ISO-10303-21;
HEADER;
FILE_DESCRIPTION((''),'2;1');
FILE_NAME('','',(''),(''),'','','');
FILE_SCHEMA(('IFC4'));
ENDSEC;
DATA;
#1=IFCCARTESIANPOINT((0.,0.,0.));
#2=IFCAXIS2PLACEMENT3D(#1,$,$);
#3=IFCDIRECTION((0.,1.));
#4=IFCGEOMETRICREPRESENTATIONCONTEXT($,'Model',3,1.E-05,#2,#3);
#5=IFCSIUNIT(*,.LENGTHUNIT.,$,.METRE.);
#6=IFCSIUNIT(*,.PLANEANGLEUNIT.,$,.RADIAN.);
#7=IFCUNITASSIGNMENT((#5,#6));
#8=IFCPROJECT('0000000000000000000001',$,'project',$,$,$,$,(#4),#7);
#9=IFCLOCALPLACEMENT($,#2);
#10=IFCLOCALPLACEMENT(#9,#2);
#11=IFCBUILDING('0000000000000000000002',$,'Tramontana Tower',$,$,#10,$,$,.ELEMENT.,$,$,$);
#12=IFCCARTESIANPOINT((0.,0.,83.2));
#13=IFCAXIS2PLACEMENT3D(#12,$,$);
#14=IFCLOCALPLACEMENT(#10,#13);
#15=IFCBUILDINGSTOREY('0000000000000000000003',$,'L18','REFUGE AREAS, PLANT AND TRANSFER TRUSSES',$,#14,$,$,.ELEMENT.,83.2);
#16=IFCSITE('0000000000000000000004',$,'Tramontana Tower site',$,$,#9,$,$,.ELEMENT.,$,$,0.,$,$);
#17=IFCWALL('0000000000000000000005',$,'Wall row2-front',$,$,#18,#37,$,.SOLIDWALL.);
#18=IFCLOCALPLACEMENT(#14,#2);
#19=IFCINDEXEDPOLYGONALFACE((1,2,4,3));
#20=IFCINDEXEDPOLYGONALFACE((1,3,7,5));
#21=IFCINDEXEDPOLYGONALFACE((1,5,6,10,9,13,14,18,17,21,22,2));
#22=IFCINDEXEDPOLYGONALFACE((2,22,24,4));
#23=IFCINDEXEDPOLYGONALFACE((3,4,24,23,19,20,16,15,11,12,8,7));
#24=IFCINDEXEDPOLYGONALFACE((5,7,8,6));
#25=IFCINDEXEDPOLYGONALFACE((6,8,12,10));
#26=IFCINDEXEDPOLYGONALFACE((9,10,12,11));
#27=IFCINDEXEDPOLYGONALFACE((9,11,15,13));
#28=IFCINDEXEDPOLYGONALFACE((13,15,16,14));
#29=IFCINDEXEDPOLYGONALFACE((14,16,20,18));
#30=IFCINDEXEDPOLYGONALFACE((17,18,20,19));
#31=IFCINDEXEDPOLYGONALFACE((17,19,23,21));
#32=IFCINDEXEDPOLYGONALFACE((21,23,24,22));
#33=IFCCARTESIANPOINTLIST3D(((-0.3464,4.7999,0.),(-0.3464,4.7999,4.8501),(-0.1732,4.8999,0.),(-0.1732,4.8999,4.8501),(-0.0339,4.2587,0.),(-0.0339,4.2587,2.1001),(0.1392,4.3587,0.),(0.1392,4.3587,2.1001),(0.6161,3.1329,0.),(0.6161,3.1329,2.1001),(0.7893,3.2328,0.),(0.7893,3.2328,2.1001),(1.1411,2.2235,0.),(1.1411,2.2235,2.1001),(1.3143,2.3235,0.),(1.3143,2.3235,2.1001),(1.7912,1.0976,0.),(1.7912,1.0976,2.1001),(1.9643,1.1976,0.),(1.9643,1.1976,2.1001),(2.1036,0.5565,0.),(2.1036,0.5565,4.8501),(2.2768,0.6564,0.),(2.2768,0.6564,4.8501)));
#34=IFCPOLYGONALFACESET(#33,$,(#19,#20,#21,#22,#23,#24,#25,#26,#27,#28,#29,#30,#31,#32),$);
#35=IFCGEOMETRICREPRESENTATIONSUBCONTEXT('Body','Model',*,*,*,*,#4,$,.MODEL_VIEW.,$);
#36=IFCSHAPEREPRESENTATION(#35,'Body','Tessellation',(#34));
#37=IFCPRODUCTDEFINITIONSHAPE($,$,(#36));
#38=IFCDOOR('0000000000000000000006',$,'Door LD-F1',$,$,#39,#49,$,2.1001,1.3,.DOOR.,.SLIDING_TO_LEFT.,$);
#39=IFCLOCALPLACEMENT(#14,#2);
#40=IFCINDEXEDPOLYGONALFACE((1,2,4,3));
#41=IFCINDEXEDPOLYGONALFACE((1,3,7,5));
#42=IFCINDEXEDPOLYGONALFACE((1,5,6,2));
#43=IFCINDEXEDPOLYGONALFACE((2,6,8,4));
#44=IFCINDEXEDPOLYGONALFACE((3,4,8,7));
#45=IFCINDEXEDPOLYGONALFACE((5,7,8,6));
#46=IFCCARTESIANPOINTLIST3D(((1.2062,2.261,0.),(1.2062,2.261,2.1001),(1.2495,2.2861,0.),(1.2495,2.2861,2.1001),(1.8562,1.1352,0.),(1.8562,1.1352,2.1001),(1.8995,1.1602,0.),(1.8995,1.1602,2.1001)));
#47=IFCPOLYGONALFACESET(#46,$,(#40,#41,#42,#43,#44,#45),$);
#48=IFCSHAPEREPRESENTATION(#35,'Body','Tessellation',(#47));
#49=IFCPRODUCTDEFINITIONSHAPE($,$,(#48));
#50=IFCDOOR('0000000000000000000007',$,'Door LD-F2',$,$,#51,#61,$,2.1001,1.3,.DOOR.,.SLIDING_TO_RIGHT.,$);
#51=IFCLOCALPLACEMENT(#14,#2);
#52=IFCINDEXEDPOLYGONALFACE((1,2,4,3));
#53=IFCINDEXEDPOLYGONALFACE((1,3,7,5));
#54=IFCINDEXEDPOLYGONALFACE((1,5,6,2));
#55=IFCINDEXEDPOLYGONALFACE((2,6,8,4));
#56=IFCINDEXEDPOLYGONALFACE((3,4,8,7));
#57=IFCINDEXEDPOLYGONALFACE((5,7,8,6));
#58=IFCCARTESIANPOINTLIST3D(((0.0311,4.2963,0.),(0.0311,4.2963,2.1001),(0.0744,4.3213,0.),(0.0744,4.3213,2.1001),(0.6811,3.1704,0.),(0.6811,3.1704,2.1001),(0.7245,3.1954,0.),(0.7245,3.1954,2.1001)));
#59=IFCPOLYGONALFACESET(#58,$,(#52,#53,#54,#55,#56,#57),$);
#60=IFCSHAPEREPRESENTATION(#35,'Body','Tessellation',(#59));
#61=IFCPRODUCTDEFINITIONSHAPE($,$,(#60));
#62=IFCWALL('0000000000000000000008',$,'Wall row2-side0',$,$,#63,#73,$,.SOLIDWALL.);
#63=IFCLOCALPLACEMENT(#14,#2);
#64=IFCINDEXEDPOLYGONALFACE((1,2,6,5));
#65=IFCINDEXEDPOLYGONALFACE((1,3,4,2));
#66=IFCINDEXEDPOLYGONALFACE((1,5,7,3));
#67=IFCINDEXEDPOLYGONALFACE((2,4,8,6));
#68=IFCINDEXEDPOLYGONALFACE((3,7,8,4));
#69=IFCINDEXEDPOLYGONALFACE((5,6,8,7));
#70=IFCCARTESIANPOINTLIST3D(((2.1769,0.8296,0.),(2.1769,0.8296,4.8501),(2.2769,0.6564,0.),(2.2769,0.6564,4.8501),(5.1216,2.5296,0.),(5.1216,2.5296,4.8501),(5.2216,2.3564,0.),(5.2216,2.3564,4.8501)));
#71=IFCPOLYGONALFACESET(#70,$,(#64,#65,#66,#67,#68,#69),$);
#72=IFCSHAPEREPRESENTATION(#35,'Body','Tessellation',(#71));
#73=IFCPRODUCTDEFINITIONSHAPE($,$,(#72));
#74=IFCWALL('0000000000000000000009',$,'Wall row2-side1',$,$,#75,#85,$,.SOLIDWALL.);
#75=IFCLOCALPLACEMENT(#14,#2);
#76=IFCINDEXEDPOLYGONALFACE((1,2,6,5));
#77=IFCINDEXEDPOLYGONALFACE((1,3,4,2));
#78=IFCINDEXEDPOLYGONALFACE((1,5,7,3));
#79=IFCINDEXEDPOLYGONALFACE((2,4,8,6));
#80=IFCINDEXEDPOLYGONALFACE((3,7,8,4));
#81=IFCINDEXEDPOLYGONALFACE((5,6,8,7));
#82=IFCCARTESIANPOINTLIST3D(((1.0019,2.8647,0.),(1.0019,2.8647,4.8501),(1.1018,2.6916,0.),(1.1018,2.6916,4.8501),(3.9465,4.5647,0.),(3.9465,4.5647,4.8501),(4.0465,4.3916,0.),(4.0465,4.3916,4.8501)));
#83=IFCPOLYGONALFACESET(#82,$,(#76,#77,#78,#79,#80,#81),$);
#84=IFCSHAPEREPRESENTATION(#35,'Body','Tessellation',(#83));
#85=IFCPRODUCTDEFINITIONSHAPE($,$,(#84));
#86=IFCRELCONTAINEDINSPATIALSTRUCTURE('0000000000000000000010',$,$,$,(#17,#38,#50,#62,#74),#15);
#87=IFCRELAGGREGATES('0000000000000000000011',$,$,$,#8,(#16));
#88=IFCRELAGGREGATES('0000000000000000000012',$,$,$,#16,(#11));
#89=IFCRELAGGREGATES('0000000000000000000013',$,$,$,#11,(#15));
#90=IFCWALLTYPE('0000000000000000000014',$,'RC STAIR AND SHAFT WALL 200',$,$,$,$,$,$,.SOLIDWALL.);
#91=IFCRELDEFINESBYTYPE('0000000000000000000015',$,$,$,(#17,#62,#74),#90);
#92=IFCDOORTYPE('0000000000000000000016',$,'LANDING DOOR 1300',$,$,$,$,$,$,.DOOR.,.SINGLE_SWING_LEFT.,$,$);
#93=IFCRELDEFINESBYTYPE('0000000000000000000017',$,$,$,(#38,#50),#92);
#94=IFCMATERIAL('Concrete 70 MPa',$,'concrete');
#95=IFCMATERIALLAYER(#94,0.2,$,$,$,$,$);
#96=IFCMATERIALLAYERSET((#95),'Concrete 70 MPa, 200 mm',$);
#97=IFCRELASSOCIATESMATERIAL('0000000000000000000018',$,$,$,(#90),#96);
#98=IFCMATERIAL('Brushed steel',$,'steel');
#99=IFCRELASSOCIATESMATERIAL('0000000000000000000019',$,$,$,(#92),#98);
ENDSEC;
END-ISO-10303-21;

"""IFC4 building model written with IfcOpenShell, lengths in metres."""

from ifc_helpers import new_model, si_unit, direction, frame, frame_2d, origin, place, context, subcontext, project, spatial, rectangle, extrude, material, layer, layer_set, type_object, element, fill, save


model = new_model("IFC4")

# Units and contexts
model_context = context("Model", 3, precision=1e-05, world=origin(), true_north=direction((0.0, 1.0)))
body_context = subcontext(model_context, "Body", "Model", "MODEL_VIEW")
ifc_project = project(units=[si_unit("LENGTHUNIT", "METRE"), si_unit("PLANEANGLEUNIT", "RADIAN")], contexts=[model_context])

# Site, building, storey
site_placement = place(None, origin())
site = spatial("IfcSite", under=ifc_project, at=site_placement, Name="Tramontana Tower site", CompositionType="ELEMENT", RefElevation=0.0)
building_placement = place(site_placement, origin())
building = spatial("IfcBuilding", under=site, at=building_placement, Name="Tramontana Tower", CompositionType="ELEMENT")
storey_placement = place(building_placement, frame((0.0, 0.0, 83.2)))
storey = spatial("IfcBuildingStorey", under=building, at=storey_placement, Name="L18", Description="REFUGE AREAS, PLANT AND TRANSFER TRUSSES", CompositionType="ELEMENT", Elevation=83.2)

# Shared definitions
ifc_material_1 = material(Name="Concrete 70 MPa", Category="concrete")
ifc_layer_1 = layer(ifc_material_1, 0.2)
ifc_layer_set_1 = layer_set([ifc_layer_1], Name="Concrete 70 MPa, 200 mm")
wall_type_1 = type_object("IfcWallType", Name="RC STAIR AND SHAFT WALL 200", PredefinedType="SOLIDWALL", material=ifc_layer_set_1)

# Wall, openings, doors
wall_1_placement = place(storey_placement, frame((2.1902, 0.6064, 0.0), z_axis=(0.0, 0.0, 1.0), x_axis=(-0.500003, 0.866024, 0.0)))
wall_1 = element("IfcWall", 1, at=wall_1_placement, inside=storey, type_object=wall_type_1, Name="Wall row2-front", PredefinedType="SOLIDWALL", context=body_context, shape_type="SweptSolid", body=[
    extrude(rectangle(XDim=4.8999, YDim=0.2, at=frame_2d((2.45, 0.0))), origin(), (0.0, 0.0, 1.0), 4.8501),
])
opening_1_placement = place(wall_1_placement, frame((0.625, 0.0, 0.0)))
opening_1 = element("IfcOpeningElement", 2, at=opening_1_placement, cuts=wall_1, PredefinedType="OPENING", context=body_context, shape_type="SweptSolid", body=[
    extrude(rectangle(XDim=1.3, YDim=2.1001, at=frame_2d((0.6499, 1.05))), frame((0.0, 0.1099, 0.0), z_axis=(0.0, -1.0, 0.0), x_axis=(1.0, 0.0, 0.0)), (0.0, 0.0, 1.0), 0.22),
])
opening_2_placement = place(wall_1_placement, frame((2.9751, 0.0, 0.0)))
opening_2 = element("IfcOpeningElement", 3, at=opening_2_placement, cuts=wall_1, PredefinedType="OPENING", context=body_context, shape_type="SweptSolid", body=[
    extrude(rectangle(XDim=1.3, YDim=2.1001, at=frame_2d((0.6499, 1.05))), frame((0.0, 0.1099, 0.0), z_axis=(0.0, -1.0, 0.0), x_axis=(1.0, 0.0, 0.0)), (0.0, 0.0, 1.0), 0.22),
])
ifc_material_2 = material(Name="Brushed steel", Category="steel")
door_type_1 = type_object("IfcDoorType", Name="LANDING DOOR 1300", OperationType="SINGLE_SWING_LEFT", PredefinedType="DOOR", material=ifc_material_2)
door_1_placement = place(opening_1_placement, origin())
door_1 = element("IfcDoor", 4, at=door_1_placement, inside=storey, type_object=door_type_1, Name="Door LD-F1", OperationType="SLIDING_TO_LEFT", OverallHeight=2.1001, OverallWidth=1.3, PredefinedType="DOOR", context=body_context, shape_type="SweptSolid", body=[
    extrude(rectangle(XDim=1.3, YDim=2.1001, at=frame_2d((0.6499, 1.05))), frame((0.0, 0.0249, 0.0), z_axis=(0.0, -1.0, 0.0), x_axis=(1.0, 0.0, 0.0)), (0.0, 0.0, 1.0), 0.05),
])
fill(opening_1, door_1)
door_2_placement = place(opening_2_placement, origin())
door_2 = element("IfcDoor", 5, at=door_2_placement, inside=storey, type_object=door_type_1, Name="Door LD-F2", OperationType="SLIDING_TO_RIGHT", OverallHeight=2.1001, OverallWidth=1.3, PredefinedType="DOOR", context=body_context, shape_type="SweptSolid", body=[
    extrude(rectangle(XDim=1.3, YDim=2.1001, at=frame_2d((0.6499, 1.05))), frame((0.0, 0.0249, 0.0), z_axis=(0.0, -1.0, 0.0), x_axis=(1.0, 0.0, 0.0)), (0.0, 0.0, 1.0), 0.05),
])
fill(opening_2, door_2)

# Walls
for number, where, z_axis, x_axis, name in (
    (6, (2.2268, 0.7429, 0.0), (0.0, 0.0, 1.0), (0.866039, 0.499977, 0.0), "Wall row2-side0"),
    (7, (1.0518, 2.7781, 0.0), (0.0, 0.0, 1.0), (0.866039, 0.499977, 0.0), "Wall row2-side1"),
):
    element("IfcWall", number, at=place(storey_placement, frame(where, z_axis=z_axis, x_axis=x_axis)), inside=storey, type_object=wall_type_1, Name=name, PredefinedType="SOLIDWALL", context=body_context, shape_type="SweptSolid", body=[
        extrude(rectangle(XDim=3.4001, YDim=0.2, at=frame_2d((1.7002, 0.0))), origin(), (0.0, 0.0, 1.0), 4.8501),
    ])

save(model, "model.ifc")
